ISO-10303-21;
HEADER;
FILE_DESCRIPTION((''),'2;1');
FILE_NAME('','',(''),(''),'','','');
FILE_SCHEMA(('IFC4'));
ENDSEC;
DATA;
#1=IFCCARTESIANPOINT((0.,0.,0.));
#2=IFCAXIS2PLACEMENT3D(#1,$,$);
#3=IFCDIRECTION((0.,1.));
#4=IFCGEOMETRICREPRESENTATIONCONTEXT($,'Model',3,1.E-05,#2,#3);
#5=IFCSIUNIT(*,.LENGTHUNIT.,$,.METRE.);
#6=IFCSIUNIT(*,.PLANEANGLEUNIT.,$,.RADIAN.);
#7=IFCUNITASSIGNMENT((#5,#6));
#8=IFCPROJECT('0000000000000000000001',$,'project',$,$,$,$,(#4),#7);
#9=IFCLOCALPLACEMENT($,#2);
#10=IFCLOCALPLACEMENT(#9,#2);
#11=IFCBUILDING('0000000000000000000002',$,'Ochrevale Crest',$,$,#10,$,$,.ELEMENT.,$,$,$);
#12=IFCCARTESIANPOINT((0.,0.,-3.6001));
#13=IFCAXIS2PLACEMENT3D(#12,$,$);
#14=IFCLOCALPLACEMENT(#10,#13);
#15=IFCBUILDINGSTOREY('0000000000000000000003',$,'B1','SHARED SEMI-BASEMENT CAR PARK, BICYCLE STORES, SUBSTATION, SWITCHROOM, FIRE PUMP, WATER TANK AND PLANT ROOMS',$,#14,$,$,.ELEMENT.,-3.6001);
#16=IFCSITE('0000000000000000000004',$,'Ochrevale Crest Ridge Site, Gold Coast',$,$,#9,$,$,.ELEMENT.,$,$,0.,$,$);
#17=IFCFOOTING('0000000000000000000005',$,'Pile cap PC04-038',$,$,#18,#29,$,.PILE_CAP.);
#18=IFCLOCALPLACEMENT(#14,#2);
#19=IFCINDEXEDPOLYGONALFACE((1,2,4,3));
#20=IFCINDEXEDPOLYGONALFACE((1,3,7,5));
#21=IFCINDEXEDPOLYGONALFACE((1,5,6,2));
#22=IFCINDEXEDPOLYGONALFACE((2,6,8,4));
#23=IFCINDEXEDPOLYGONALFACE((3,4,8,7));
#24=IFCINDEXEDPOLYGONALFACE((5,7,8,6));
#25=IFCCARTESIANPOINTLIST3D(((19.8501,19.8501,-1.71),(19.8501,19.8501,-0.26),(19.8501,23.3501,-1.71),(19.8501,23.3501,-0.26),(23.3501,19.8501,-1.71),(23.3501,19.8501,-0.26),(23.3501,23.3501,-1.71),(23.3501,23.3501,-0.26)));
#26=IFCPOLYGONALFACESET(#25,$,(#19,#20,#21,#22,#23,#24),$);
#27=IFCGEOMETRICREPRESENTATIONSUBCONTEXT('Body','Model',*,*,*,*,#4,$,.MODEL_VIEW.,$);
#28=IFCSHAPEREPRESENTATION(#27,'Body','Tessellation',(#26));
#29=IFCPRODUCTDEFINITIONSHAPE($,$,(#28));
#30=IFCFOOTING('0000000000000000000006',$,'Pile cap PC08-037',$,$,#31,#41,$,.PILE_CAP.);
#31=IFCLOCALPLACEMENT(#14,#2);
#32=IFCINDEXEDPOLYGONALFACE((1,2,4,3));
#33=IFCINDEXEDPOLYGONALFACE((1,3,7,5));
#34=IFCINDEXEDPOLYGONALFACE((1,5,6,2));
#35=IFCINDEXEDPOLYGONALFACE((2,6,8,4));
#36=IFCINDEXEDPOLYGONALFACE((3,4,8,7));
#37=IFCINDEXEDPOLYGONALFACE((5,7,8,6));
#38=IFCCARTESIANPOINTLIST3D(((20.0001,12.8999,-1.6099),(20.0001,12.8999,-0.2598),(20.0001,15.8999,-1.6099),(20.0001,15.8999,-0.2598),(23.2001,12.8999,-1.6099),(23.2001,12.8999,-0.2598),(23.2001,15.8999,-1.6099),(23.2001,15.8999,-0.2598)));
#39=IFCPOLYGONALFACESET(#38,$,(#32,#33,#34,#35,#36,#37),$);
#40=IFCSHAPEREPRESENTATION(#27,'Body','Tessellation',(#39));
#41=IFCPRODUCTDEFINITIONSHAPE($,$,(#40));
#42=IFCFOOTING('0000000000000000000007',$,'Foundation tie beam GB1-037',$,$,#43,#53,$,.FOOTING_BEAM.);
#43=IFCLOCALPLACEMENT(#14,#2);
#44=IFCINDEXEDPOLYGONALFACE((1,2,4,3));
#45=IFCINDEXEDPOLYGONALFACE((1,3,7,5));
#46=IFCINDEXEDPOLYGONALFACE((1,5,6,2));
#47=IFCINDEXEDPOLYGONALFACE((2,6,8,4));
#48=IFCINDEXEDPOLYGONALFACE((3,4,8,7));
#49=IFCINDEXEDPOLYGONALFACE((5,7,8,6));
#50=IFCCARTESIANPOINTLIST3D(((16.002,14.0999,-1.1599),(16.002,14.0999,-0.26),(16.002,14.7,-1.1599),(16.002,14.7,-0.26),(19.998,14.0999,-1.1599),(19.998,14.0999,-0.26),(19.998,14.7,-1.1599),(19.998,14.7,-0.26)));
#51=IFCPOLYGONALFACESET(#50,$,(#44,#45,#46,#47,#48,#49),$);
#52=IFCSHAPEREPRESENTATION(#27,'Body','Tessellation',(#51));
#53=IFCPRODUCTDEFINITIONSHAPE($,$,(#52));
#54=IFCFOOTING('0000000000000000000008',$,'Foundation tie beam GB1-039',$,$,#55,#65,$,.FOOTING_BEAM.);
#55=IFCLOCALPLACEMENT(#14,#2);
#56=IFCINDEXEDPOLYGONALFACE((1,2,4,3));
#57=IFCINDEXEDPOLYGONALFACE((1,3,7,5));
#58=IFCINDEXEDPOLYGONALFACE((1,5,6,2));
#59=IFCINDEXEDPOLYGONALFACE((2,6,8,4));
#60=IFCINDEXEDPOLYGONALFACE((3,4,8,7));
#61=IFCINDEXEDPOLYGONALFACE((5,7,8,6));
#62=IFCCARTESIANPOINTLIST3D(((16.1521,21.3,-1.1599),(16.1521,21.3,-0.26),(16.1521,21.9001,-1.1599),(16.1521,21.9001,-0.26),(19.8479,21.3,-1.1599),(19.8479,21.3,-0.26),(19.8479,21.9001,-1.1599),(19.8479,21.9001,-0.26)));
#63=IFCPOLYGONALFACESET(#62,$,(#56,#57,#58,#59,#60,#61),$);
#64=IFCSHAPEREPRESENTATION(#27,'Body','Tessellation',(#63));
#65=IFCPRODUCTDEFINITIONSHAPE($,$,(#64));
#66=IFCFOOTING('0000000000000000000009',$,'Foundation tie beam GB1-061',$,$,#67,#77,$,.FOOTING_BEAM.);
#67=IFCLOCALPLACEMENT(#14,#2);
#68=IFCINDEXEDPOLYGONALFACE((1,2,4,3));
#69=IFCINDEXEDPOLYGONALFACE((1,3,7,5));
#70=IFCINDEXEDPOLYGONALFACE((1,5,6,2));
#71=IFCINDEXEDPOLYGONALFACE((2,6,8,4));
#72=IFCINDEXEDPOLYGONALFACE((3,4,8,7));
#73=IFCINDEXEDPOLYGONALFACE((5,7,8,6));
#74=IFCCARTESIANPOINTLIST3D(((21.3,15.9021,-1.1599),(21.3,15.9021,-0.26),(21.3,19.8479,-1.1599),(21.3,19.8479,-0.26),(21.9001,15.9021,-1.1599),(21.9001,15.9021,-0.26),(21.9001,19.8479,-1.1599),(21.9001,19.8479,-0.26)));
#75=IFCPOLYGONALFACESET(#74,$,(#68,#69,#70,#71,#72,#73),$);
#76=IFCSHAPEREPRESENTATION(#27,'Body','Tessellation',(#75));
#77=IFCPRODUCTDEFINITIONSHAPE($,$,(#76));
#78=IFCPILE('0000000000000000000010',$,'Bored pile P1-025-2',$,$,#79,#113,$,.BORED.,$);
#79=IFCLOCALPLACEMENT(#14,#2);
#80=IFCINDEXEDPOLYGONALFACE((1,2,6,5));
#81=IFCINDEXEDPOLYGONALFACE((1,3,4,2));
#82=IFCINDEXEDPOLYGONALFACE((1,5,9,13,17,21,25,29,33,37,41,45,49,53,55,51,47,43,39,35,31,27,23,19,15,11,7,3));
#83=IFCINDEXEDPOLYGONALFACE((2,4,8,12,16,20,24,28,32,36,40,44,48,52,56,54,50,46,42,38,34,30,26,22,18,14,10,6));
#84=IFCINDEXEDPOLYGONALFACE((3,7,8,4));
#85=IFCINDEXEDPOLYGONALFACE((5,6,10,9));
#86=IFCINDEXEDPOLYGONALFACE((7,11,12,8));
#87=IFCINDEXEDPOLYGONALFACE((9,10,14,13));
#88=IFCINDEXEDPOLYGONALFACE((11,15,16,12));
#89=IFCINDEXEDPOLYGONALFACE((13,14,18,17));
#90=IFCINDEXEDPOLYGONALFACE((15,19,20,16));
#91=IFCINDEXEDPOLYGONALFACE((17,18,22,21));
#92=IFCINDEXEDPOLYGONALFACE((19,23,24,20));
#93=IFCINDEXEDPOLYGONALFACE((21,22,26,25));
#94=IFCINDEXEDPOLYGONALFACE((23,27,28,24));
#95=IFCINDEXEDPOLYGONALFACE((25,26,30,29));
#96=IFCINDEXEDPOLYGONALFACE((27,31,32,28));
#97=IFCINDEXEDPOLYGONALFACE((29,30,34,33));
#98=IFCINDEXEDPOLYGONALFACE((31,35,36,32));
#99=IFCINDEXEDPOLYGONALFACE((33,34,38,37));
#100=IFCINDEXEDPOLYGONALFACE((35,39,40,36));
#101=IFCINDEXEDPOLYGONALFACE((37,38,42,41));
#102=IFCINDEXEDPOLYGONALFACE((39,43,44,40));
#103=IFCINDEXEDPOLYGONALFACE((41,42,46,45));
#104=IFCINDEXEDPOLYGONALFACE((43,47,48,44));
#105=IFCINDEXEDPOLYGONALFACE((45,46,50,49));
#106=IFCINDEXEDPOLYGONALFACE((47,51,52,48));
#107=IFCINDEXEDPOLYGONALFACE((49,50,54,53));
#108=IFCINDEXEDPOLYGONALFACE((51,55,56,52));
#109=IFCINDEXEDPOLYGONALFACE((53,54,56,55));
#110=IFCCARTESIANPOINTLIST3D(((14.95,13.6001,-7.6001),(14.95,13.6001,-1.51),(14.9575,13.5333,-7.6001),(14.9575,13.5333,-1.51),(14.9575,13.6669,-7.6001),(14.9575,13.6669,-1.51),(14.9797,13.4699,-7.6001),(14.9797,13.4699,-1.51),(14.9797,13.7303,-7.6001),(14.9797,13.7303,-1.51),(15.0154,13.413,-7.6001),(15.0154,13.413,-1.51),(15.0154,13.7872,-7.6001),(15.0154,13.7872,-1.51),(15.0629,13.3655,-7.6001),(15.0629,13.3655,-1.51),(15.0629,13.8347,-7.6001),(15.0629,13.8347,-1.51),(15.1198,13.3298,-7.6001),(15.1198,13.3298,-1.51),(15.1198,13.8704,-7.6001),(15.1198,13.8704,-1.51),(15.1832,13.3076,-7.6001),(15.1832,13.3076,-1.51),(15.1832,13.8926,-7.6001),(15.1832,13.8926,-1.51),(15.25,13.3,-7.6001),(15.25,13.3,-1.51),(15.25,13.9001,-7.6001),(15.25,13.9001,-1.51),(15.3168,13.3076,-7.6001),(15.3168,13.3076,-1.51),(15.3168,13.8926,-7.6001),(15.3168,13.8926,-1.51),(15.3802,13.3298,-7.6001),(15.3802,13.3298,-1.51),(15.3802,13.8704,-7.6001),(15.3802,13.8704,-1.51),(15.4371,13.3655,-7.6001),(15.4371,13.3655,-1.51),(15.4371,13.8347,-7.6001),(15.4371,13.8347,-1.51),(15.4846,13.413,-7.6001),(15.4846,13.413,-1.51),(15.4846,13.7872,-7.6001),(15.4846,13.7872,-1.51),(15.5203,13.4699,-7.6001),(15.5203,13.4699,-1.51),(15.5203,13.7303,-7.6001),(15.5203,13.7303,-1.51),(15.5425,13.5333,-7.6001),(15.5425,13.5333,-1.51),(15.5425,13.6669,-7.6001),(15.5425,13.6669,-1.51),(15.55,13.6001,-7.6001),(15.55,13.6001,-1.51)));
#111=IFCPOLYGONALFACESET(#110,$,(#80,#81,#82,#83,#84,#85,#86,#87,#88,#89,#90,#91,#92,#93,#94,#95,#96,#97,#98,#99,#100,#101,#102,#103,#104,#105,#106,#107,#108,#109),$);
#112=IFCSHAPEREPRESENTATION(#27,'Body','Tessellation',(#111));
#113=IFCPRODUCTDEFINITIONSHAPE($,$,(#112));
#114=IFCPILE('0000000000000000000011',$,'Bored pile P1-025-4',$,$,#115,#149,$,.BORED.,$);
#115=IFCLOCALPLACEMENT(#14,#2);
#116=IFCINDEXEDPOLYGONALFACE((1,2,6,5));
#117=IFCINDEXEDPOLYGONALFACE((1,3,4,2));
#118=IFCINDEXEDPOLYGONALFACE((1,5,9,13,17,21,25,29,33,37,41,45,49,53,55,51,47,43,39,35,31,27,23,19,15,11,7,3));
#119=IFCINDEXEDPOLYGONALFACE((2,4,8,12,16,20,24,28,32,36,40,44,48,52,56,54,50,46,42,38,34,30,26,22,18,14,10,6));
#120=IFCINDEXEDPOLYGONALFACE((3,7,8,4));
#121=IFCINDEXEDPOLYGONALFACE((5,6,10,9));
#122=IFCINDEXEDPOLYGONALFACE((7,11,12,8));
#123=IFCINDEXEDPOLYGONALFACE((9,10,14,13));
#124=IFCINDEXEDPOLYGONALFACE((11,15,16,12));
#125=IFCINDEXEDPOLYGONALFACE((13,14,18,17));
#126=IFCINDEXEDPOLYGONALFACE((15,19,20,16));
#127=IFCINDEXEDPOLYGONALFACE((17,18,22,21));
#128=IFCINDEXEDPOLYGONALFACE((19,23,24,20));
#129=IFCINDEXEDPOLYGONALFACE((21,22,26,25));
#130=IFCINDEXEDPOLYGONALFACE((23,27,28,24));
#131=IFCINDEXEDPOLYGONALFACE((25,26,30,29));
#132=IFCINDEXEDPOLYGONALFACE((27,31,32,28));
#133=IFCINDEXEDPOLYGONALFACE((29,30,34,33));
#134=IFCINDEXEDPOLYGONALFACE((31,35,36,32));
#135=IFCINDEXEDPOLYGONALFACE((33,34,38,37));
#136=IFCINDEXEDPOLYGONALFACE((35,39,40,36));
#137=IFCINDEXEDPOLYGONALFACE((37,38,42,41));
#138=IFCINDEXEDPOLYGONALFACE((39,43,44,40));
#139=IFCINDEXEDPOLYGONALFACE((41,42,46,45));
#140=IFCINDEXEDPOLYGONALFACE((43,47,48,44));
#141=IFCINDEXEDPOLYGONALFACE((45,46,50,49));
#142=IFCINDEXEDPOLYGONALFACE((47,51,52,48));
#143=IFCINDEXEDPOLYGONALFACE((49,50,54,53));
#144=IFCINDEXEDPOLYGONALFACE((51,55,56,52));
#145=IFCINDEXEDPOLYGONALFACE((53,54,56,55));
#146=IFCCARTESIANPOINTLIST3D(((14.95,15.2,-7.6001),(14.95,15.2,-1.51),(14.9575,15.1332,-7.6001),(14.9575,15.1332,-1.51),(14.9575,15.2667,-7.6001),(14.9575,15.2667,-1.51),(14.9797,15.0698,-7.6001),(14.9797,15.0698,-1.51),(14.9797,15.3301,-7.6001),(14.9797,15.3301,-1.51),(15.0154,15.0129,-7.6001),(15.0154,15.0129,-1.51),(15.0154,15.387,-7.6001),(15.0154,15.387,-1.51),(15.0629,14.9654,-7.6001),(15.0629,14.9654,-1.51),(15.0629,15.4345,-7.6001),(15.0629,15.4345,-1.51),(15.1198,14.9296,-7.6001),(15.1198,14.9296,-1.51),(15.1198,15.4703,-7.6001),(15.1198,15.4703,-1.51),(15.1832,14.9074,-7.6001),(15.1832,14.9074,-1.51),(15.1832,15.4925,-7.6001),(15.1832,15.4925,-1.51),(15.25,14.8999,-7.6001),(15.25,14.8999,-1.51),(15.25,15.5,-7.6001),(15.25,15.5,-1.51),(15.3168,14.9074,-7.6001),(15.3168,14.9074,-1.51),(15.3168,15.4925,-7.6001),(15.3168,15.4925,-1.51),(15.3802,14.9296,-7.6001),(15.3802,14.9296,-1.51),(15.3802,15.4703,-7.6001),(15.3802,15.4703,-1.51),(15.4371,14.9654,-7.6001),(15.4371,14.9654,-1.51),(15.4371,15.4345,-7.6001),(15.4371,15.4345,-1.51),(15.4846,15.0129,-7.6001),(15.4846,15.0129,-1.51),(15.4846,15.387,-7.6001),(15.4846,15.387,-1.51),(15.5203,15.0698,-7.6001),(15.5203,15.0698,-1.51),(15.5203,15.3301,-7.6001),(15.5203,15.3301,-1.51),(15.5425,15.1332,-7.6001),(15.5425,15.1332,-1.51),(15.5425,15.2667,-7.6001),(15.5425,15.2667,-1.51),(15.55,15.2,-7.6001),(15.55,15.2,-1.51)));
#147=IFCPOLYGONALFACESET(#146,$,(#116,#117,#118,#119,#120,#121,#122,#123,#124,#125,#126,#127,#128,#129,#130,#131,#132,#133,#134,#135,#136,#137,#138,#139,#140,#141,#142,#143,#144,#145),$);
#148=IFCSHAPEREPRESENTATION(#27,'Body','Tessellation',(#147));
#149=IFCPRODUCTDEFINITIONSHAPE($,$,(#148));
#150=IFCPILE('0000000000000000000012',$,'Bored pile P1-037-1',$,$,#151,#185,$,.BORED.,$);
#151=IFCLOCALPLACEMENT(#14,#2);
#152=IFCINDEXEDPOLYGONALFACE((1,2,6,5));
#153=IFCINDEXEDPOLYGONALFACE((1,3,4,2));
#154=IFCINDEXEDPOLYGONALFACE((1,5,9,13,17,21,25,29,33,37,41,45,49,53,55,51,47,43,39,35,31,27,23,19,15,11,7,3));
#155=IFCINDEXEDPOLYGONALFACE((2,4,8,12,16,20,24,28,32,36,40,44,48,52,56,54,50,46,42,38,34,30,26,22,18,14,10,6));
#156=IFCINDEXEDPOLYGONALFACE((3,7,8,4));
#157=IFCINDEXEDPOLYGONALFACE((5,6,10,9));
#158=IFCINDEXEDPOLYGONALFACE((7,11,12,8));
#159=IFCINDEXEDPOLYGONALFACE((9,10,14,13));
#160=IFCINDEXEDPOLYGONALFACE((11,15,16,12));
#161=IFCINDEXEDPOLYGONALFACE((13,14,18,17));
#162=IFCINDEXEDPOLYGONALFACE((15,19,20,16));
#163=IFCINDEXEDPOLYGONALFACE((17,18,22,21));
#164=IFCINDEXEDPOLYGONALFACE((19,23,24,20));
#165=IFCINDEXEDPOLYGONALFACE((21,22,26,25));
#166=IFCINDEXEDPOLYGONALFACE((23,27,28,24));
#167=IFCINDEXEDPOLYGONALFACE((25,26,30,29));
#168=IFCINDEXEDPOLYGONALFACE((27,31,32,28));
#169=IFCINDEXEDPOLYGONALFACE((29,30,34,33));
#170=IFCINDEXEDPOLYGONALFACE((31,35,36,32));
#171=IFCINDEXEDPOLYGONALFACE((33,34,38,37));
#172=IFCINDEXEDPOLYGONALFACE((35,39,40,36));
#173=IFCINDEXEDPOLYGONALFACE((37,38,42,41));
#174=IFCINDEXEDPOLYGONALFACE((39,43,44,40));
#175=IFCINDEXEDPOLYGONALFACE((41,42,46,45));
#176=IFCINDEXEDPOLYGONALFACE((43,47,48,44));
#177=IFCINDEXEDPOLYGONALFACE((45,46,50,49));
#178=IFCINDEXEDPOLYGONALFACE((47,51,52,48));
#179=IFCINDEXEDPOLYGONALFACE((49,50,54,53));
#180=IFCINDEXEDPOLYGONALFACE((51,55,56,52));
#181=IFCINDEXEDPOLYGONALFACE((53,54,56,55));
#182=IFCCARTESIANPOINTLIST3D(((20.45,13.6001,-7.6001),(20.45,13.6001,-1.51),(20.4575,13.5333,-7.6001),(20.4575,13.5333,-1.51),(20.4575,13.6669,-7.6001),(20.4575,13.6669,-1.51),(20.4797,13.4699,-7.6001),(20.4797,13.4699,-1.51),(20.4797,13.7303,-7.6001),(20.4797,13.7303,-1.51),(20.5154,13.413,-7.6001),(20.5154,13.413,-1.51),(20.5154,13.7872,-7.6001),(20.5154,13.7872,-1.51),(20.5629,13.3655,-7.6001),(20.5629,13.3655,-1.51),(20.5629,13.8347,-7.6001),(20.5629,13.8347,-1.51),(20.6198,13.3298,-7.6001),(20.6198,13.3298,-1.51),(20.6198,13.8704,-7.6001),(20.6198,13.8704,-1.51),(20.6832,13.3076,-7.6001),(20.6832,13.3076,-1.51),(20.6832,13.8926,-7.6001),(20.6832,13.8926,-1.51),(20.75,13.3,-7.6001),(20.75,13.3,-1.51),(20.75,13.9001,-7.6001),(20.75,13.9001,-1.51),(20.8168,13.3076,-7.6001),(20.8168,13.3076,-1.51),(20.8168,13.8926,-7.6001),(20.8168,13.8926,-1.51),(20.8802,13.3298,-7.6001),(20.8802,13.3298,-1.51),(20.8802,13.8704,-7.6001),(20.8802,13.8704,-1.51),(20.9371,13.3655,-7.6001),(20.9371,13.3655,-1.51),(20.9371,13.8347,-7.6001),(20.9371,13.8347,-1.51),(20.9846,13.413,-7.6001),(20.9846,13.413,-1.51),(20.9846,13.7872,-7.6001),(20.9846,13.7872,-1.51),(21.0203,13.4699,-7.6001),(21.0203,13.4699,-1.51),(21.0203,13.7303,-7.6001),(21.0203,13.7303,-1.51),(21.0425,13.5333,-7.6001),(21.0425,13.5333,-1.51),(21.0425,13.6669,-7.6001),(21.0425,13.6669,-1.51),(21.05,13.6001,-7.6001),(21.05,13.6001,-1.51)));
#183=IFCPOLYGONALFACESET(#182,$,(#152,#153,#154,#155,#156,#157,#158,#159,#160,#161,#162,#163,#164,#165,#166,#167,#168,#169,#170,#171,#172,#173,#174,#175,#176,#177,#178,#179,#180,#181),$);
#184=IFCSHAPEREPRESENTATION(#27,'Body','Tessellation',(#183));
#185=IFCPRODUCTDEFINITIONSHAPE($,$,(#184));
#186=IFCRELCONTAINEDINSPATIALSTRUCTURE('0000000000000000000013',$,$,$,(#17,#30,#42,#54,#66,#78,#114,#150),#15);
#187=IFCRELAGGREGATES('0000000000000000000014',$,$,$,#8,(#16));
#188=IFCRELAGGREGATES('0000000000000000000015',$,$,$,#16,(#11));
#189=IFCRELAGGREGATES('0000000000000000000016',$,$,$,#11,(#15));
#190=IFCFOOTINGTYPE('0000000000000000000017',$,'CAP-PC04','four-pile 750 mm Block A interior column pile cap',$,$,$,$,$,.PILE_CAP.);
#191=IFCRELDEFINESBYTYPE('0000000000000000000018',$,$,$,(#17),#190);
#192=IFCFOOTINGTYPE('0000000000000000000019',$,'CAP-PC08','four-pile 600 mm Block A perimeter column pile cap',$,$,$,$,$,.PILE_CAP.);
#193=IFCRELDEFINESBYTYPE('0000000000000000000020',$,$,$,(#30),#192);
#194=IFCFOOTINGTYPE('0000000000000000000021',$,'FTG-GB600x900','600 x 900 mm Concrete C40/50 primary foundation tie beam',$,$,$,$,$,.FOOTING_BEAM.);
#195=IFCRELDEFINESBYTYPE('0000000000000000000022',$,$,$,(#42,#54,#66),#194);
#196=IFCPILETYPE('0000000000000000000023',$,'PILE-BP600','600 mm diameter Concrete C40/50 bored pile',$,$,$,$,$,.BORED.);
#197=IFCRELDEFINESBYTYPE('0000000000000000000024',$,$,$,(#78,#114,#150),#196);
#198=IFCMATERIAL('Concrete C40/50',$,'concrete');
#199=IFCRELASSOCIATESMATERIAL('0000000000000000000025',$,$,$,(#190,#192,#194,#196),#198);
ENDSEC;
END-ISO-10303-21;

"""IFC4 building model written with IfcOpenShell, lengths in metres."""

from ifc_helpers import new_model, si_unit, direction, frame, origin, origin_2d, place, context, subcontext, project, spatial, rectangle, circle, extrude, material, material_profile, profile_set, type_object, element, save


model = new_model("IFC4")

# Units and contexts
model_context = context("Model", 3, precision=1e-05, world=origin(), true_north=direction((0.0, 1.0)))
body_context = subcontext(model_context, "Body", "Model", "MODEL_VIEW")
ifc_project = project(units=[si_unit("LENGTHUNIT", "METRE"), si_unit("PLANEANGLEUNIT", "RADIAN")], contexts=[model_context])

# Site, building, storey
site_placement = place(None, origin())
site = spatial("IfcSite", under=ifc_project, at=site_placement, Name="Ochrevale Crest Ridge Site, Gold Coast", CompositionType="ELEMENT", RefElevation=0.0)
building_placement = place(site_placement, origin())
building = spatial("IfcBuilding", under=site, at=building_placement, Name="Ochrevale Crest", CompositionType="ELEMENT")
storey_placement = place(building_placement, frame((0.0, 0.0, -3.6001)))
storey = spatial("IfcBuildingStorey", under=building, at=storey_placement, Name="B1", Description="SHARED SEMI-BASEMENT CAR PARK, BICYCLE STORES, SUBSTATION, SWITCHROOM, FIRE PUMP, WATER TANK AND PLANT ROOMS", CompositionType="ELEMENT", Elevation=-3.6001)

# Footings
ifc_material_1 = material(Name="Concrete C40/50", Category="concrete")
footing_type_1 = type_object("IfcFootingType", Name="CAP-PC04", Description="four-pile 750 mm Block A interior column pile cap", PredefinedType="PILE_CAP", material=ifc_material_1)
footing_1_placement = place(storey_placement, frame((21.6001, 21.6001, -1.71), z_axis=(0.0, 0.0, 1.0), x_axis=(1.0, 0.0, 0.0)))
element("IfcFooting", 1, at=footing_1_placement, inside=storey, type_object=footing_type_1, Name="Pile cap PC04-038", PredefinedType="PILE_CAP", context=body_context, shape_type="SweptSolid", body=[
    extrude(rectangle(XDim=3.5, YDim=3.5, at=origin_2d()), origin(), (0.0, 0.0, 1.0), 1.45),
])
footing_type_2 = type_object("IfcFootingType", Name="CAP-PC08", Description="four-pile 600 mm Block A perimeter column pile cap", PredefinedType="PILE_CAP", material=ifc_material_1)
footing_2_placement = place(storey_placement, frame((21.6001, 14.3999, -1.6099), z_axis=(0.0, 0.0, 1.0), x_axis=(1.0, 0.0, 0.0)))
element("IfcFooting", 2, at=footing_2_placement, inside=storey, type_object=footing_type_2, Name="Pile cap PC08-037", PredefinedType="PILE_CAP", context=body_context, shape_type="SweptSolid", body=[
    extrude(rectangle(XDim=3.2, YDim=3.0, at=origin_2d()), origin(), (0.0, 0.0, 1.0), 1.3501),
])
ifc_material_profile_1 = material_profile(ifc_material_1, rectangle(XDim=0.6001, YDim=0.8999, at=origin_2d()), Name="GB 600x900")
ifc_profile_set_1 = profile_set([ifc_material_profile_1], Name="Concrete C40/50")
footing_type_3 = type_object("IfcFootingType", Name="FTG-GB600x900", Description="600 x 900 mm Concrete C40/50 primary foundation tie beam", PredefinedType="FOOTING_BEAM", material=ifc_profile_set_1)
footing_3_placement = place(storey_placement, frame((16.002, 14.3999, -0.71), z_axis=(1.0, 0.0, 0.0), x_axis=(0.0, 1.0, 0.0)))
element("IfcFooting", 3, at=footing_3_placement, inside=storey, type_object=footing_type_3, Name="Foundation tie beam GB1-037", PredefinedType="FOOTING_BEAM", context=body_context, shape_type="SweptSolid", body=[
    extrude(rectangle(XDim=0.6001, YDim=0.8999, at=origin_2d()), origin(), (0.0, 0.0, 1.0), 3.9961),
])
footing_4_placement = place(storey_placement, frame((16.1521, 21.6001, -0.71), z_axis=(1.0, 0.0, 0.0), x_axis=(0.0, 1.0, 0.0)))
element("IfcFooting", 4, at=footing_4_placement, inside=storey, type_object=footing_type_3, Name="Foundation tie beam GB1-039", PredefinedType="FOOTING_BEAM", context=body_context, shape_type="SweptSolid", body=[
    extrude(rectangle(XDim=0.6001, YDim=0.8999, at=origin_2d()), origin(), (0.0, 0.0, 1.0), 3.6958),
])
footing_5_placement = place(storey_placement, frame((21.6001, 15.9021, -0.71), z_axis=(0.0, 1.0, 0.0), x_axis=(-1.0, 0.0, 0.0)))
element("IfcFooting", 5, at=footing_5_placement, inside=storey, type_object=footing_type_3, Name="Foundation tie beam GB1-061", PredefinedType="FOOTING_BEAM", context=body_context, shape_type="SweptSolid", body=[
    extrude(rectangle(XDim=0.6001, YDim=0.8999, at=origin_2d()), origin(), (0.0, 0.0, 1.0), 3.9458),
])

# Piles
ifc_material_profile_2 = material_profile(ifc_material_1, circle(Radius=0.3, at=origin_2d()), Name="BORED PILE 600")
ifc_profile_set_2 = profile_set([ifc_material_profile_2], Name="Concrete C40/50")
pile_type_1 = type_object("IfcPileType", Name="PILE-BP600", Description="600 mm diameter Concrete C40/50 bored pile", PredefinedType="BORED", material=ifc_profile_set_2)
for number, where, z_axis, x_axis, name in (
    (6, (15.25, 13.6001, -1.51), (0.0, 0.0, -1.0), (1.0, 0.0, 0.0), "Bored pile P1-025-2"),
    (7, (15.25, 15.2, -1.51), (0.0, 0.0, -1.0), (1.0, 0.0, 0.0), "Bored pile P1-025-4"),
    (8, (20.75, 13.6001, -1.51), (0.0, 0.0, -1.0), (1.0, 0.0, 0.0), "Bored pile P1-037-1"),
):
    element("IfcPile", number, at=place(storey_placement, frame(where, z_axis=z_axis, x_axis=x_axis)), inside=storey, type_object=pile_type_1, Name=name, PredefinedType="BORED", context=body_context, shape_type="SweptSolid", body=[
        extrude(circle(Radius=0.3, at=origin_2d()), origin(), (0.0, 0.0, 1.0), 6.0901),
    ])

save(model, "model.ifc")
